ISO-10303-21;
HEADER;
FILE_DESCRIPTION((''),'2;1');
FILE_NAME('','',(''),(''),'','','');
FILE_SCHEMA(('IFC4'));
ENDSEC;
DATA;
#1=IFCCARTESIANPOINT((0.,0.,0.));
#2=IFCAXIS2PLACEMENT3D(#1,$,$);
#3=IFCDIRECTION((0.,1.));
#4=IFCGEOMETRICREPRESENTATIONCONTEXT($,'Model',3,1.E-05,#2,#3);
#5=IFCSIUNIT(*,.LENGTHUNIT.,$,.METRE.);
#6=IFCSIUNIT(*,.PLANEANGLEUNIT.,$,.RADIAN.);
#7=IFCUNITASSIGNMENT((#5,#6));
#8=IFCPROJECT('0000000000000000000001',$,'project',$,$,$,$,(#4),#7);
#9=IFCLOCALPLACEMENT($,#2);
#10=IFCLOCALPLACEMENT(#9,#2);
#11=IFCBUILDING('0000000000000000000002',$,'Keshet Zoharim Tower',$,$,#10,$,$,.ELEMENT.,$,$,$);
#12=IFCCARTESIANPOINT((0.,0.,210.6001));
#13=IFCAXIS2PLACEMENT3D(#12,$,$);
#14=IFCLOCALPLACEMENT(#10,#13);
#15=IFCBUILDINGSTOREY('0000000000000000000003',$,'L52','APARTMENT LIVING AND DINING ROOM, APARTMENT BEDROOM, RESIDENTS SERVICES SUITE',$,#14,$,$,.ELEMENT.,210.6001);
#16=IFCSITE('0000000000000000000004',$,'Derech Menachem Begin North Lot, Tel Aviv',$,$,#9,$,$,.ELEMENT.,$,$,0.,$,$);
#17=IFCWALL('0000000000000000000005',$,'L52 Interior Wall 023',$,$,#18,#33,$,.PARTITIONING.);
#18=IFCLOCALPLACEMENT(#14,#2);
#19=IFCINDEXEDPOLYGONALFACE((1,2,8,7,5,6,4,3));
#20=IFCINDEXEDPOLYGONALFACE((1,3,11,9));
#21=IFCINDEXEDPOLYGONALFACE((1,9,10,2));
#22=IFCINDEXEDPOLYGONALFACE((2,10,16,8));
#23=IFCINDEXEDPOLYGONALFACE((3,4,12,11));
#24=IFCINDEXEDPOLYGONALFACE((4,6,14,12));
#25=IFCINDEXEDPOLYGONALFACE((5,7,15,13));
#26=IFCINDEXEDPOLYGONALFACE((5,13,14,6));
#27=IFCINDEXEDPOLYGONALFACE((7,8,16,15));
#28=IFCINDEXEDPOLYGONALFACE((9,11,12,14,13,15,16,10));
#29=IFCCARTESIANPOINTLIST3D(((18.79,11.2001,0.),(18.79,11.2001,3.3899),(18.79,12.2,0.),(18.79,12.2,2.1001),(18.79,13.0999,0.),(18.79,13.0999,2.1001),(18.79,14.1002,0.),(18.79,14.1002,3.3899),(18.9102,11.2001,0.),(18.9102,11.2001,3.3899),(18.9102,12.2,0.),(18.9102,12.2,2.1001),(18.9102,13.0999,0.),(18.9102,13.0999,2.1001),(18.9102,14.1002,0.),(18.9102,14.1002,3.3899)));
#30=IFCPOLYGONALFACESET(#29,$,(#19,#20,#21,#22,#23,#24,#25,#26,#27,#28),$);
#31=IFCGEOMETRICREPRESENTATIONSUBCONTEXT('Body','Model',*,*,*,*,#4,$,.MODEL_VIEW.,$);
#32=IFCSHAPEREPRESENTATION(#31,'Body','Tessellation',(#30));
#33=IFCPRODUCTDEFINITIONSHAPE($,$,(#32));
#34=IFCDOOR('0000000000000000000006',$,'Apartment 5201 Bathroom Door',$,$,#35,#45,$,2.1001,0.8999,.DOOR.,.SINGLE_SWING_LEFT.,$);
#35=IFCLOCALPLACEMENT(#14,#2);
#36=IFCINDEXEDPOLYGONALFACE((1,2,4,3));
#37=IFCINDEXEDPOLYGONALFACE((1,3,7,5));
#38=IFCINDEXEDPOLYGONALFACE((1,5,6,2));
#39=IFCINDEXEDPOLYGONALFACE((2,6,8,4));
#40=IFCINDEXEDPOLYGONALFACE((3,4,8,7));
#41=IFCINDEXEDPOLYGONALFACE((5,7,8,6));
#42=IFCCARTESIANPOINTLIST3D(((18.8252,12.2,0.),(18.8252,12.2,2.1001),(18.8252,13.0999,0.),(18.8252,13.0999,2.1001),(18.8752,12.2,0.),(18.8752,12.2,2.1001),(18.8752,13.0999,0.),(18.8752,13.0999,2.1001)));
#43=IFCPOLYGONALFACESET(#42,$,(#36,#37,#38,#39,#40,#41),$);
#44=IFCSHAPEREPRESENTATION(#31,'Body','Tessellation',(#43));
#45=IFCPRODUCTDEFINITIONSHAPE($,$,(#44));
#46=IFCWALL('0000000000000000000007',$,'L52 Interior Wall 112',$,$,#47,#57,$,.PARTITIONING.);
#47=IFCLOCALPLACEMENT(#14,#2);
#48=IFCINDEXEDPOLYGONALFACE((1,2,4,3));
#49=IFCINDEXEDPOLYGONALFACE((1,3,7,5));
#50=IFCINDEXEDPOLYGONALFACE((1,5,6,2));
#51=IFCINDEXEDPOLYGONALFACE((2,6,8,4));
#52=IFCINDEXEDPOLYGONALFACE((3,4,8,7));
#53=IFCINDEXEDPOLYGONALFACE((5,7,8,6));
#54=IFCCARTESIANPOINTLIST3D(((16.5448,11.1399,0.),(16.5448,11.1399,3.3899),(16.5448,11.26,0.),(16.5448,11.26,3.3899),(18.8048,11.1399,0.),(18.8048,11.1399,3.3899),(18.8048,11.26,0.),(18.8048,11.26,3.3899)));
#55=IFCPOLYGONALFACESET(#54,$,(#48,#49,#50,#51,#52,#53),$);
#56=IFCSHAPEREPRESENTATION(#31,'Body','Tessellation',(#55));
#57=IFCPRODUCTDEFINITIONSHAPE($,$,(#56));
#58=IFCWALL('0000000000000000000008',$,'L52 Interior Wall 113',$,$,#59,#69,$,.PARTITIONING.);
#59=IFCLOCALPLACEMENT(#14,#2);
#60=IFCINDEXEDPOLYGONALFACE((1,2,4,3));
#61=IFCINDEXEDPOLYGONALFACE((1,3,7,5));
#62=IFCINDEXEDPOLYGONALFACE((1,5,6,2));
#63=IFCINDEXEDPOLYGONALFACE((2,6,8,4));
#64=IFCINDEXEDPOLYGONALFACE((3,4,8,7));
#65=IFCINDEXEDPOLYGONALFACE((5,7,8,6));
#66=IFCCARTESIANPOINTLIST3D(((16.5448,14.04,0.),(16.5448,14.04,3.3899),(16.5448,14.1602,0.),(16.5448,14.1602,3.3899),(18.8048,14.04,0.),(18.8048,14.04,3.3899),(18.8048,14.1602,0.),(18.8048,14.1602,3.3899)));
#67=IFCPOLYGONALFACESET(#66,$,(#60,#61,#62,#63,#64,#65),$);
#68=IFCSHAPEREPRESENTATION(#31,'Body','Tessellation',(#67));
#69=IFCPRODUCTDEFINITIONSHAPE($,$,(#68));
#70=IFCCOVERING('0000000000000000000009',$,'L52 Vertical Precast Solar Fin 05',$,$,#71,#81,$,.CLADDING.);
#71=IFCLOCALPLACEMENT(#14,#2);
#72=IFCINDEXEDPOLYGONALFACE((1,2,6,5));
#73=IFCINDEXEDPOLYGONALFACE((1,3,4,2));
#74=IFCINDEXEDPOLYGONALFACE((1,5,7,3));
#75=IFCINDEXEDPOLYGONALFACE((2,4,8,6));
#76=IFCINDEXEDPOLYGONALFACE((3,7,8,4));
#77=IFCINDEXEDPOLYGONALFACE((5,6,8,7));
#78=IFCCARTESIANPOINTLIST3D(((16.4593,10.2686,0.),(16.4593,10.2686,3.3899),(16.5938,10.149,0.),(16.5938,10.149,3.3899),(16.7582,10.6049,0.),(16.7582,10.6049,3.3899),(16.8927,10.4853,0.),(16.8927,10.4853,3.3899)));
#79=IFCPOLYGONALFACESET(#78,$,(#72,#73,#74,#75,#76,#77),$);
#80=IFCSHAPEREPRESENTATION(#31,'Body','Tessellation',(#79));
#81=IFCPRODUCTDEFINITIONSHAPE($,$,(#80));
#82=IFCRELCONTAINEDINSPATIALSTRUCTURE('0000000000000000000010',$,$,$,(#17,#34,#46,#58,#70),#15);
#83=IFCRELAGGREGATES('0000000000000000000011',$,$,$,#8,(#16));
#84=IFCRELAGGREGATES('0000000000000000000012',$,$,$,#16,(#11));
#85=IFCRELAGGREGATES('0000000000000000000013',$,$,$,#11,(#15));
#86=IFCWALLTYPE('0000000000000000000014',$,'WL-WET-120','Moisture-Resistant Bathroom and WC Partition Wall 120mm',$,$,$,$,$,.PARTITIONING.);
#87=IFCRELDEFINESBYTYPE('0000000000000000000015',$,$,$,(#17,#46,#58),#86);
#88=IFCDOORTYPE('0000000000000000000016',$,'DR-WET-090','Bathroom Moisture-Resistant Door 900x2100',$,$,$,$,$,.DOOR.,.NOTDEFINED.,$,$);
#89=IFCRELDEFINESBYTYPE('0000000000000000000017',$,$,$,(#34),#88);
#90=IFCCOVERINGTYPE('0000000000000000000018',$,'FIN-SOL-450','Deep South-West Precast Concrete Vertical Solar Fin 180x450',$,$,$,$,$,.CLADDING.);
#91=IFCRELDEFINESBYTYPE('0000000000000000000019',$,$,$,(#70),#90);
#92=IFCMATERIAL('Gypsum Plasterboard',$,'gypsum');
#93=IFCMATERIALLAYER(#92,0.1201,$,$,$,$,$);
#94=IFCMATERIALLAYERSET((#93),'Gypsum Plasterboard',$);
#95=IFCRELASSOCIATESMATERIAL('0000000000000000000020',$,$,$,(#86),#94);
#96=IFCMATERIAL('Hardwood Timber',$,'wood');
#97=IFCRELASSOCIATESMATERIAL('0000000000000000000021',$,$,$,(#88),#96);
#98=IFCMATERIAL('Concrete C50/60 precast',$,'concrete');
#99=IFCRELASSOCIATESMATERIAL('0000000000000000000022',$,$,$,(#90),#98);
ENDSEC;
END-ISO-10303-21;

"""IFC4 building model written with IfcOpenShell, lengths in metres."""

from ifc_helpers import new_model, si_unit, direction, frame, frame_2d, origin, origin_2d, place, context, subcontext, project, spatial, rectangle, extrude, material, layer, layer_set, type_object, element, fill, save


model = new_model("IFC4")

# Units and contexts
model_context = context("Model", 3, precision=1e-05, world=origin(), true_north=direction((0.0, 1.0)))
body_context = subcontext(model_context, "Body", "Model", "MODEL_VIEW")
ifc_project = project(units=[si_unit("LENGTHUNIT", "METRE"), si_unit("PLANEANGLEUNIT", "RADIAN")], contexts=[model_context])

# Site, building, storey
site_placement = place(None, origin())
site = spatial("IfcSite", under=ifc_project, at=site_placement, Name="Derech Menachem Begin North Lot, Tel Aviv", CompositionType="ELEMENT", RefElevation=0.0)
building_placement = place(site_placement, origin())
building = spatial("IfcBuilding", under=site, at=building_placement, Name="Keshet Zoharim Tower", CompositionType="ELEMENT")
storey_placement = place(building_placement, frame((0.0, 0.0, 210.6001)))
storey = spatial("IfcBuildingStorey", under=building, at=storey_placement, Name="L52", Description="APARTMENT LIVING AND DINING ROOM, APARTMENT BEDROOM, RESIDENTS SERVICES SUITE", CompositionType="ELEMENT", Elevation=210.6001)

# Shared definitions
ifc_material_1 = material(Name="Gypsum Plasterboard", Category="gypsum")
ifc_material_2 = material(Name="Hardwood Timber", Category="wood")

# Shared definitions
ifc_layer_1 = layer(ifc_material_1, 0.1201)
ifc_layer_set_1 = layer_set([ifc_layer_1], Name="Gypsum Plasterboard")
wall_type_1 = type_object("IfcWallType", Name="WL-WET-120", Description="Moisture-Resistant Bathroom and WC Partition Wall 120mm", PredefinedType="PARTITIONING", material=ifc_layer_set_1)

# Wall, opening, door
wall_1_placement = place(storey_placement, frame((18.8501, 11.2, 0.0), z_axis=(0.0, 0.0, 1.0), x_axis=(0.0, 1.0, 0.0)))
wall_1 = element("IfcWall", 1, at=wall_1_placement, inside=storey, type_object=wall_type_1, Name="L52 Interior Wall 023", PredefinedType="PARTITIONING", context=body_context, shape_type="SweptSolid", body=[
    extrude(rectangle(XDim=2.9001, YDim=0.1201, at=frame_2d((1.4502, 0.0))), origin(), (0.0, 0.0, 1.0), 3.3899),
])
opening_1_placement = place(wall_1_placement, frame((1.0, 0.0, 0.0)))
opening_1 = element("IfcOpeningElement", 2, at=opening_1_placement, cuts=wall_1, PredefinedType="OPENING", context=body_context, shape_type="SweptSolid", body=[
    extrude(rectangle(XDim=0.8999, YDim=2.1001, at=frame_2d((0.45, 1.05))), frame((0.0, 0.0701, 0.0), z_axis=(0.0, -1.0, 0.0), x_axis=(1.0, 0.0, 0.0)), (0.0, 0.0, 1.0), 0.1401),
])
door_type_1 = type_object("IfcDoorType", Name="DR-WET-090", Description="Bathroom Moisture-Resistant Door 900x2100", OperationType="NOTDEFINED", PredefinedType="DOOR", material=ifc_material_2)
door_1_placement = place(opening_1_placement, origin())
door_1 = element("IfcDoor", 3, at=door_1_placement, inside=storey, type_object=door_type_1, Name="Apartment 5201 Bathroom Door", OperationType="SINGLE_SWING_LEFT", OverallHeight=2.1001, OverallWidth=0.8999, PredefinedType="DOOR", context=body_context, shape_type="SweptSolid", body=[
    extrude(rectangle(XDim=0.8999, YDim=2.1001, at=frame_2d((0.45, 1.05))), frame((0.0, 0.0249, 0.0), z_axis=(0.0, -1.0, 0.0), x_axis=(1.0, 0.0, 0.0)), (0.0, 0.0, 1.0), 0.05),
])
fill(opening_1, door_1)

# Walls
for number, where, z_axis, x_axis, name in (
    (4, (16.5449, 11.2, 0.0), (0.0, 0.0, 1.0), (1.0, 0.0, 0.0), "L52 Interior Wall 112"),
    (5, (16.5449, 14.1001, 0.0), (0.0, 0.0, 1.0), (1.0, 0.0, 0.0), "L52 Interior Wall 113"),
):
    element("IfcWall", number, at=place(storey_placement, frame(where, z_axis=z_axis, x_axis=x_axis)), inside=storey, type_object=wall_type_1, Name=name, PredefinedType="PARTITIONING", context=body_context, shape_type="SweptSolid", body=[
        extrude(rectangle(XDim=2.26, YDim=0.1201, at=frame_2d((1.1299, 0.0))), origin(), (0.0, 0.0, 1.0), 3.3899),
    ])

# Covering
ifc_material_3 = material(Name="Concrete C50/60 precast", Category="concrete")
covering_type = type_object("IfcCoveringType", Name="FIN-SOL-450", Description="Deep South-West Precast Concrete Vertical Solar Fin 180x450", PredefinedType="CLADDING", material=ifc_material_3)
covering_placement = place(storey_placement, frame((16.676, 10.377, 0.0), z_axis=(0.0, 0.0, 1.0), x_axis=(-0.747409, 0.664364, 0.0)))
element("IfcCovering", 6, at=covering_placement, inside=storey, type_object=covering_type, Name="L52 Vertical Precast Solar Fin 05", PredefinedType="CLADDING", context=body_context, shape_type="SweptSolid", body=[
    extrude(rectangle(XDim=0.1799, YDim=0.45, at=origin_2d()), origin(), (0.0, 0.0, 1.0), 3.3899),
])

save(model, "model.ifc")
